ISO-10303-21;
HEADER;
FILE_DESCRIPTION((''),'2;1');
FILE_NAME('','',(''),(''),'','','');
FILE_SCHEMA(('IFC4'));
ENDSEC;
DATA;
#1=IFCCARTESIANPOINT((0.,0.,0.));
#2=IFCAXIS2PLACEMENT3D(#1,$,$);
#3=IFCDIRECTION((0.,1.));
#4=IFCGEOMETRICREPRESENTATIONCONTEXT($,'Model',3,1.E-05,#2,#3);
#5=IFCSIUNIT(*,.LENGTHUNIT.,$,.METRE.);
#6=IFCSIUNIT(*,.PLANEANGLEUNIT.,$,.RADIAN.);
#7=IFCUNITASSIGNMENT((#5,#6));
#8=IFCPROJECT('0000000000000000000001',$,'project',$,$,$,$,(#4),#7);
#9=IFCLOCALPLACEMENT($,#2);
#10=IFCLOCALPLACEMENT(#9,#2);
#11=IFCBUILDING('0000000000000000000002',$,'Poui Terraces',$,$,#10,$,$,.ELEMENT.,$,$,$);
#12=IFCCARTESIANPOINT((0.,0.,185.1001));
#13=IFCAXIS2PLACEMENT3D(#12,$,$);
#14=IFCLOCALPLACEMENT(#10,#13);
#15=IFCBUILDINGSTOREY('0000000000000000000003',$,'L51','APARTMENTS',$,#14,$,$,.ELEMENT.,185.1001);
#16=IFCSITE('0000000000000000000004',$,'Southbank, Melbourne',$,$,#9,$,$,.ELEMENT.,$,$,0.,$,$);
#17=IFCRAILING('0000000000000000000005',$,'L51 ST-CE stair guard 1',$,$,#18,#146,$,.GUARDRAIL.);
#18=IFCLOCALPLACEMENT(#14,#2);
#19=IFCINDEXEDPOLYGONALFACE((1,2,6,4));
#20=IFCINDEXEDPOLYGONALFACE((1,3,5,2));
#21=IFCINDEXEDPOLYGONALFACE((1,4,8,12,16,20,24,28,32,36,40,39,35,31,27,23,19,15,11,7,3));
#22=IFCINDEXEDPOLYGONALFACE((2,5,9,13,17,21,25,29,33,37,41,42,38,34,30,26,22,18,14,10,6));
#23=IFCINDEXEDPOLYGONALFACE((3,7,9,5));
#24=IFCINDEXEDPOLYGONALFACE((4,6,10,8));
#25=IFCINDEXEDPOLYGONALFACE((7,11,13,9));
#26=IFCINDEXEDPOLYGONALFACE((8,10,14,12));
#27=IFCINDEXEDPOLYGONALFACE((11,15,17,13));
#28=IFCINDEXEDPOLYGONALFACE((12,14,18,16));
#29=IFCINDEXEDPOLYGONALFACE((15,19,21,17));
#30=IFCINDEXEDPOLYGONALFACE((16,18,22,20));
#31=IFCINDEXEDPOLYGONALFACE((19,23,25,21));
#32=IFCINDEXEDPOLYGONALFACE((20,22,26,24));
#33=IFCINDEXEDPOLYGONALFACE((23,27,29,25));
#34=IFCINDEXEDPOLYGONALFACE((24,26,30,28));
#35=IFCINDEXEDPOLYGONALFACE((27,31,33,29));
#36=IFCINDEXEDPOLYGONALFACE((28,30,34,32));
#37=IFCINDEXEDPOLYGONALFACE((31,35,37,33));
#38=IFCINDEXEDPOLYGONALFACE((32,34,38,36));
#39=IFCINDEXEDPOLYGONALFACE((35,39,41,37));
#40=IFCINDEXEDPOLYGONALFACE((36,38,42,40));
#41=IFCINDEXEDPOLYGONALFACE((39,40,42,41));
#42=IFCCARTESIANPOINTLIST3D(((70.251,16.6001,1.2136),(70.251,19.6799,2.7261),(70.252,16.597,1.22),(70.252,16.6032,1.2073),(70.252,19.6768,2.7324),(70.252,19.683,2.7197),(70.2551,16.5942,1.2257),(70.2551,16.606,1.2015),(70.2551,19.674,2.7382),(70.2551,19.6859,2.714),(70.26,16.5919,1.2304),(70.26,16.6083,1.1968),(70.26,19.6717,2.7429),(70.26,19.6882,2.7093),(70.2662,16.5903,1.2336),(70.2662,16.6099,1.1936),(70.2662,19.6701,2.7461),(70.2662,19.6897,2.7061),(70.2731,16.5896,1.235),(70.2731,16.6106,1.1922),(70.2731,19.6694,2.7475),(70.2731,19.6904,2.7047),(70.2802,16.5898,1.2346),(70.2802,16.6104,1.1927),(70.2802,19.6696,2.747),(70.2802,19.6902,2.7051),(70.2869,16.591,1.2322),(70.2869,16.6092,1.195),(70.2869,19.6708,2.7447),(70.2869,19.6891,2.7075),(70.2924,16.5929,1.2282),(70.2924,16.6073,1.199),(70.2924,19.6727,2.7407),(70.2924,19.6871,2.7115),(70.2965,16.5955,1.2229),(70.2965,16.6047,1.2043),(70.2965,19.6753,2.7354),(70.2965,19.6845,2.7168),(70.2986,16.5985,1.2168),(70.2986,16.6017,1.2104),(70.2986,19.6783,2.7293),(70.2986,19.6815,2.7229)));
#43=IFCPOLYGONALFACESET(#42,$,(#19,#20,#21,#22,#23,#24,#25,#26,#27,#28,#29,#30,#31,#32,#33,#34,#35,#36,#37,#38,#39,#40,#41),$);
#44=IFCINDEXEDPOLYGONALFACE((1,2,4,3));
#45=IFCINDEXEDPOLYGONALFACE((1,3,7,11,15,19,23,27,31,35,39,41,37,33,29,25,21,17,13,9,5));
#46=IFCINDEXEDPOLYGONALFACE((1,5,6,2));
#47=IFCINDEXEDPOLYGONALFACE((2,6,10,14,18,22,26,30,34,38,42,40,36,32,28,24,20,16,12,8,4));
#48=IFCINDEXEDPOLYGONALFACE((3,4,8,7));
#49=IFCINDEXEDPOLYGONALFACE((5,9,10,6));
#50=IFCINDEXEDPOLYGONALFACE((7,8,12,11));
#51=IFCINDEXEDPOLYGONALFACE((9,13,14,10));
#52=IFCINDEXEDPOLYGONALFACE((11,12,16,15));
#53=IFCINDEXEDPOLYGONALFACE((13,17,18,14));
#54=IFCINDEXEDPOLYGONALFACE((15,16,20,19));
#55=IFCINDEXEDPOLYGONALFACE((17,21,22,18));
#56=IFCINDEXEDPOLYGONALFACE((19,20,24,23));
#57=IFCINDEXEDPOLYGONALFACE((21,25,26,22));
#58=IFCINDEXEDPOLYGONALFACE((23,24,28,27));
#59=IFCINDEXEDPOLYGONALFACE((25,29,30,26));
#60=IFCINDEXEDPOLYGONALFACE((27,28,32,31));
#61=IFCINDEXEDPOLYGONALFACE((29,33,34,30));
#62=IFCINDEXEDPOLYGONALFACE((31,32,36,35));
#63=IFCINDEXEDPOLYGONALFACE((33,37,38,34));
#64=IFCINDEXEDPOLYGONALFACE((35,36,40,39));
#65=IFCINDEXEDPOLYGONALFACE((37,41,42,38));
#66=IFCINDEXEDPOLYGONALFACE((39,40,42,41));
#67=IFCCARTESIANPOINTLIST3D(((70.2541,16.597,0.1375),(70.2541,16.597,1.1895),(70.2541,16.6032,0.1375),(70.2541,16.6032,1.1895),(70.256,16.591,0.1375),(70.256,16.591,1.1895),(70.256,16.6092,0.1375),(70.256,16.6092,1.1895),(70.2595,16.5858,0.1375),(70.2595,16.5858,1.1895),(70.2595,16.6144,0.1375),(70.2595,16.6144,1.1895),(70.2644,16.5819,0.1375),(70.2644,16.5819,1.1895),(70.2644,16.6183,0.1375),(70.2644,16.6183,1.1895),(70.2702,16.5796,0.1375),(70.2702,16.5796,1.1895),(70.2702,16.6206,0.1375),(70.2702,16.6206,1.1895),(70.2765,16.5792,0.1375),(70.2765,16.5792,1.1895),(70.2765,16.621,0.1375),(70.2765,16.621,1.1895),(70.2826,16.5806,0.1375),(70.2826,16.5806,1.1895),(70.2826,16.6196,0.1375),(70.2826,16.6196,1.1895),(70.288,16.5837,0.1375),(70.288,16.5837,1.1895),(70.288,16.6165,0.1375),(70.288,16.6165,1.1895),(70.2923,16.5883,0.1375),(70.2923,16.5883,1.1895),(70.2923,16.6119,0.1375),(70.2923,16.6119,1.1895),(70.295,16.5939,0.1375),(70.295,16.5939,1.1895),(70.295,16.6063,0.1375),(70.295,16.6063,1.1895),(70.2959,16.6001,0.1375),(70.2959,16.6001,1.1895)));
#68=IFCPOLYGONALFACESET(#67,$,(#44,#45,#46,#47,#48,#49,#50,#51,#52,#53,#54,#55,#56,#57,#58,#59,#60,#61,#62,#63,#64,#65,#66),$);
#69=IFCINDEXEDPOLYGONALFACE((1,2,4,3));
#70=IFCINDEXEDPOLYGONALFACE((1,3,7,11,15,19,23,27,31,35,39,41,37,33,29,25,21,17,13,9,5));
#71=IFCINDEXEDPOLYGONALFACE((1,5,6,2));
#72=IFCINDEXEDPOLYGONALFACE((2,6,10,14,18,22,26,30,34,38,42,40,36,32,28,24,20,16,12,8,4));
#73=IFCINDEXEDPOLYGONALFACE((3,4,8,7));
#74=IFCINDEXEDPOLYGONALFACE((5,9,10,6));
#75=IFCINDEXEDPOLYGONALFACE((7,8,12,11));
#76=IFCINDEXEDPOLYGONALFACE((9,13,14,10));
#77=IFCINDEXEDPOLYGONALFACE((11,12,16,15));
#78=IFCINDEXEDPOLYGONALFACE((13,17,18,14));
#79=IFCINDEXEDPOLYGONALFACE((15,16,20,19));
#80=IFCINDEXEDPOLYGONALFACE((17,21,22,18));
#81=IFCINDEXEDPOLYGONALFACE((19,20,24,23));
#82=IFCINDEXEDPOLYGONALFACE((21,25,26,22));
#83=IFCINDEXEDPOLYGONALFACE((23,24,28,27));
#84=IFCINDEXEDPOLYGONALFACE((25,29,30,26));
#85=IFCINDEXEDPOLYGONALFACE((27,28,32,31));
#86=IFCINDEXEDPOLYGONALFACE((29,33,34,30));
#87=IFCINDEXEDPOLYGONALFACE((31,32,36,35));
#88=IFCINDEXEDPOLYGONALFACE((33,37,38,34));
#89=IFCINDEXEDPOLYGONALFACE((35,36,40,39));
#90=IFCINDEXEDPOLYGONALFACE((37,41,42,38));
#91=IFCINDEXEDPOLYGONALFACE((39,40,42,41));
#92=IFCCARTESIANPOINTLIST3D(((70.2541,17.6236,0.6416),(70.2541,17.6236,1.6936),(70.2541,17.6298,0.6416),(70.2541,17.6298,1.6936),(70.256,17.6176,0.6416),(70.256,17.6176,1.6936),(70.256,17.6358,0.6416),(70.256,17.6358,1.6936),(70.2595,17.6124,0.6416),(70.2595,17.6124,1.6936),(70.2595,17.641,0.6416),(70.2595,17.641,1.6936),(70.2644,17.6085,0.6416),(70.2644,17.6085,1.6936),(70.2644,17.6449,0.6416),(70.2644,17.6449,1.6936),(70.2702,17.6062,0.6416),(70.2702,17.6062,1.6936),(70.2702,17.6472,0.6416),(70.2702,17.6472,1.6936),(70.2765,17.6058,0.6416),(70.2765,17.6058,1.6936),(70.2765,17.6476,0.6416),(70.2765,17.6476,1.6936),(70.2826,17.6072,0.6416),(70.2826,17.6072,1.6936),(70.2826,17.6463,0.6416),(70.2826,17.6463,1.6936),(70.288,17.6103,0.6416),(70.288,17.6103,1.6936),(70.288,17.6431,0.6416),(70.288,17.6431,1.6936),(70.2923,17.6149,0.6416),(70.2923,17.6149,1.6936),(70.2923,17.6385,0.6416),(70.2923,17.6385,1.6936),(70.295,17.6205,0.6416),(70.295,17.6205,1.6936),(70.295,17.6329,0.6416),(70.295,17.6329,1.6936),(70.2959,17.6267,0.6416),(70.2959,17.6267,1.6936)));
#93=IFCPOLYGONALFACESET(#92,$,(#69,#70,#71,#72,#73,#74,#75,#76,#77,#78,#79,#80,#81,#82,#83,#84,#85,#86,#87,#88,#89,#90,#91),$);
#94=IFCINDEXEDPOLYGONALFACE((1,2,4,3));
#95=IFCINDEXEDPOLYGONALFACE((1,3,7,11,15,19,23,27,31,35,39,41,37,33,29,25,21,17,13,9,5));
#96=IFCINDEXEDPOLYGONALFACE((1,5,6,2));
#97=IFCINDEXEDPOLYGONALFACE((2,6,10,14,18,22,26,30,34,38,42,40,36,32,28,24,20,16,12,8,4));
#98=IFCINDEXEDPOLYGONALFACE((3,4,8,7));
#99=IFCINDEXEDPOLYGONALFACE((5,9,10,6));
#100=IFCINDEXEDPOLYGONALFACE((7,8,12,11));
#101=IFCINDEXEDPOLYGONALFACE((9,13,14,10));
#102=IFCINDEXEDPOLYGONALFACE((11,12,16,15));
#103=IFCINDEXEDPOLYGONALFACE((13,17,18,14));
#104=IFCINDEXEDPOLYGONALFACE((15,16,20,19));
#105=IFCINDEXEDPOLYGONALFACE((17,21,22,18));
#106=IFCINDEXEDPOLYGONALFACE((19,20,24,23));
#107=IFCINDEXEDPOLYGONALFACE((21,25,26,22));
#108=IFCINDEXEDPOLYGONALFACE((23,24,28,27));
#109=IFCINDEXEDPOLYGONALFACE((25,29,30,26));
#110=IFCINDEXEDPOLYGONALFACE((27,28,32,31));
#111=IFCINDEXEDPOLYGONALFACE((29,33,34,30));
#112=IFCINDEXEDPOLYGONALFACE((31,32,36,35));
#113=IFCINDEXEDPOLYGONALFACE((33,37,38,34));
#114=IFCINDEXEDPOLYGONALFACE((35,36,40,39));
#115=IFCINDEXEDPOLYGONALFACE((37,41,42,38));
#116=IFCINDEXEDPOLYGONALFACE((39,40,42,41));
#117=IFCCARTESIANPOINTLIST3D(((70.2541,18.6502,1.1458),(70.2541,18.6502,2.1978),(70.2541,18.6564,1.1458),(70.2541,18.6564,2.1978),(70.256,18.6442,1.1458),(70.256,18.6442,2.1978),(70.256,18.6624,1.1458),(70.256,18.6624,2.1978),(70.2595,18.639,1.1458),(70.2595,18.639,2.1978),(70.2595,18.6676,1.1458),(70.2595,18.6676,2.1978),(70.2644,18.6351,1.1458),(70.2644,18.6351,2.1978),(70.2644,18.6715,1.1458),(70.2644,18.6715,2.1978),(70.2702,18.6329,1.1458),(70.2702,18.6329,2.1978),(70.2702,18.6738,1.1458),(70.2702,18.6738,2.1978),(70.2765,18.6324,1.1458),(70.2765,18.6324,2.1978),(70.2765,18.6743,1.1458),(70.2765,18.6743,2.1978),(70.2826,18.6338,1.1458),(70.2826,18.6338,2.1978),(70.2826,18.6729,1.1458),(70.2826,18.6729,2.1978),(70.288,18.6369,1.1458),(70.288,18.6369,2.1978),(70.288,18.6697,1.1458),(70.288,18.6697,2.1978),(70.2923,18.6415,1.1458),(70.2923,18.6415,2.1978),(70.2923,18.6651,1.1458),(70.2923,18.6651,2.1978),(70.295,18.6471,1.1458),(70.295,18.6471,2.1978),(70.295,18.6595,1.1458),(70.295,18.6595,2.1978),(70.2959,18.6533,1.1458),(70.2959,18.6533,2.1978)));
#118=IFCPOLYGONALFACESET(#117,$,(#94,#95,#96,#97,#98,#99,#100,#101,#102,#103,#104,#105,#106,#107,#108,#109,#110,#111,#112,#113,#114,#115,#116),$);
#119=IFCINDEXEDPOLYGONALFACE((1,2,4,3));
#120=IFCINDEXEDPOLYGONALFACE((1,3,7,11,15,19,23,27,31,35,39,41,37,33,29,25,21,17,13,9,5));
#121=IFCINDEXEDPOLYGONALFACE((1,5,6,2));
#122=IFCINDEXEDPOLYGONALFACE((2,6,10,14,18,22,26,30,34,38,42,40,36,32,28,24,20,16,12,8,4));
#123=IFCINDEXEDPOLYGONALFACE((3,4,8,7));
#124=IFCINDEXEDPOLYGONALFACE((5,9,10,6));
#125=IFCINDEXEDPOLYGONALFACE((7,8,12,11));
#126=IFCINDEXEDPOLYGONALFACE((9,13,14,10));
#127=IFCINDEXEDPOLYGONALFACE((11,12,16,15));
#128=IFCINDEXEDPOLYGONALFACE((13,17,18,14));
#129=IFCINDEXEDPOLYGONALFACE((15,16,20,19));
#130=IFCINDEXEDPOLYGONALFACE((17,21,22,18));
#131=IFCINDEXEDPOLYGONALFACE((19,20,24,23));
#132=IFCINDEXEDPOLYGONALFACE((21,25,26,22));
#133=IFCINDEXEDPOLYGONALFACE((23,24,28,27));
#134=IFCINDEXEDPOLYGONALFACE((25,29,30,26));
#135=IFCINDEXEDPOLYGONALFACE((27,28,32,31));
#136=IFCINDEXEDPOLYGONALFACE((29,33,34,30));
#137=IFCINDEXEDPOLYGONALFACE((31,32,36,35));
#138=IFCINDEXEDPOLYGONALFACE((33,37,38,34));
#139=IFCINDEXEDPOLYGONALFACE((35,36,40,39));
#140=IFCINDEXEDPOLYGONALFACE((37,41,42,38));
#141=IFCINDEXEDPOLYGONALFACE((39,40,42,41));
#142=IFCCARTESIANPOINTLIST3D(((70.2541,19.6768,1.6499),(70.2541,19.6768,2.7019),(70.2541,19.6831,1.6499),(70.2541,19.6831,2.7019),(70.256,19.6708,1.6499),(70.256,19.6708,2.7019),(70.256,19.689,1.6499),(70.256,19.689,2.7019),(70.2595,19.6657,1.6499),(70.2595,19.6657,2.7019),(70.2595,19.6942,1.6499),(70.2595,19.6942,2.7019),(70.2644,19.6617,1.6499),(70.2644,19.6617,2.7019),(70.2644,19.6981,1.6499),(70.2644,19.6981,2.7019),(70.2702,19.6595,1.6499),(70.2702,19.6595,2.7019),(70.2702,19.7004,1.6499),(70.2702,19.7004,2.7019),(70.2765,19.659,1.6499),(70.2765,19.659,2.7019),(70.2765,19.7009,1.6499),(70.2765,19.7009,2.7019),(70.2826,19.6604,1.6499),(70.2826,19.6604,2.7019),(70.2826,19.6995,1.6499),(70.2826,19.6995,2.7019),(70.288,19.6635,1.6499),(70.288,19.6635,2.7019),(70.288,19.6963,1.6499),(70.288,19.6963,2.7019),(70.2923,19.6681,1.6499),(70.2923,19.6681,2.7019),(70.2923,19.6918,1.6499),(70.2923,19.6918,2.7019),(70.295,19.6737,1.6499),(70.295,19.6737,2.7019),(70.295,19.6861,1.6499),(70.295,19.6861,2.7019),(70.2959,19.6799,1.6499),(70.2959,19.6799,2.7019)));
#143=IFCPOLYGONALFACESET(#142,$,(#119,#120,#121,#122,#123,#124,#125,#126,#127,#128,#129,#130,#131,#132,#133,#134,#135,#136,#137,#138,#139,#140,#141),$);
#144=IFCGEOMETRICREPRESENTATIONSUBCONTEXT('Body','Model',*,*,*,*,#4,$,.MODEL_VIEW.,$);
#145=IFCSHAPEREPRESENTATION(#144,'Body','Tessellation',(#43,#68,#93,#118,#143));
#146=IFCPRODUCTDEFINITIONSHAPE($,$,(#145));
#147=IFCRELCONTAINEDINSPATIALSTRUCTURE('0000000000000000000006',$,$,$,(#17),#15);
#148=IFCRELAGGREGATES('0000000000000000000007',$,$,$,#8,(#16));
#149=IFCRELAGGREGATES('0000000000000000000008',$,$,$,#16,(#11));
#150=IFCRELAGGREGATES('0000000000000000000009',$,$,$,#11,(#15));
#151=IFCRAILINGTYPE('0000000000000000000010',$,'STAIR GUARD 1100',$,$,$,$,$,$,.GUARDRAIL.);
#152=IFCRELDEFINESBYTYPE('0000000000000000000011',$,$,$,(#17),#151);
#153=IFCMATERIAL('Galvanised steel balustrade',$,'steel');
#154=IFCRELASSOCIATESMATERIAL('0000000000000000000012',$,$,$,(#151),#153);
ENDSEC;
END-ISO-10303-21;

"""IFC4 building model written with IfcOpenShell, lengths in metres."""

from ifc_helpers import new_model, si_unit, direction, frame, origin, origin_2d, place, context, subcontext, project, spatial, circle, extrude, material, type_object, element, save


model = new_model("IFC4")

# Units and contexts
model_context = context("Model", 3, precision=1e-05, world=origin(), true_north=direction((0.0, 1.0)))
body_context = subcontext(model_context, "Body", "Model", "MODEL_VIEW")
ifc_project = project(units=[si_unit("LENGTHUNIT", "METRE"), si_unit("PLANEANGLEUNIT", "RADIAN")], contexts=[model_context])

# Site, building, storey
site_placement = place(None, origin())
site = spatial("IfcSite", under=ifc_project, at=site_placement, Name="Southbank, Melbourne", CompositionType="ELEMENT", RefElevation=0.0)
building_placement = place(site_placement, origin())
building = spatial("IfcBuilding", under=site, at=building_placement, Name="Poui Terraces", CompositionType="ELEMENT")
storey_placement = place(building_placement, frame((0.0, 0.0, 185.1001)))
storey = spatial("IfcBuildingStorey", under=building, at=storey_placement, Name="L51", Description="APARTMENTS", CompositionType="ELEMENT", Elevation=185.1001)

# Railing
ifc_material_1 = material(Name="Galvanised steel balustrade", Category="steel")
railing_type_1 = type_object("IfcRailingType", Name="STAIR GUARD 1100", PredefinedType="GUARDRAIL", material=ifc_material_1)
railing_1_placement = place(storey_placement, frame((70.2749, 16.6001, 0.1375)))
element("IfcRailing", 1, at=railing_1_placement, inside=storey, type_object=railing_type_1, Name="L51 ST-CE stair guard 1", PredefinedType="GUARDRAIL", context=body_context, shape_type="SweptSolid", body=[
    extrude(circle(Radius=0.0239, at=origin_2d()), frame((0.0, 0.0, 1.0762), z_axis=(0.0, 0.897606, 0.440798), x_axis=(-1.0, 0.0, 0.0)), (0.0, 0.0, 1.0), 3.4312),
    extrude(circle(Radius=0.021, at=origin_2d()), origin(), (0.0, 0.0, 1.0), 1.052),
    extrude(circle(Radius=0.021, at=origin_2d()), frame((0.0, 1.0266, 0.5042)), (0.0, 0.0, 1.0), 1.052),
    extrude(circle(Radius=0.021, at=origin_2d()), frame((0.0, 2.0532, 1.0083)), (0.0, 0.0, 1.0), 1.052),
    extrude(circle(Radius=0.021, at=origin_2d()), frame((0.0, 3.0798, 1.5125)), (0.0, 0.0, 1.0), 1.052),
])

save(model, "model.ifc")
